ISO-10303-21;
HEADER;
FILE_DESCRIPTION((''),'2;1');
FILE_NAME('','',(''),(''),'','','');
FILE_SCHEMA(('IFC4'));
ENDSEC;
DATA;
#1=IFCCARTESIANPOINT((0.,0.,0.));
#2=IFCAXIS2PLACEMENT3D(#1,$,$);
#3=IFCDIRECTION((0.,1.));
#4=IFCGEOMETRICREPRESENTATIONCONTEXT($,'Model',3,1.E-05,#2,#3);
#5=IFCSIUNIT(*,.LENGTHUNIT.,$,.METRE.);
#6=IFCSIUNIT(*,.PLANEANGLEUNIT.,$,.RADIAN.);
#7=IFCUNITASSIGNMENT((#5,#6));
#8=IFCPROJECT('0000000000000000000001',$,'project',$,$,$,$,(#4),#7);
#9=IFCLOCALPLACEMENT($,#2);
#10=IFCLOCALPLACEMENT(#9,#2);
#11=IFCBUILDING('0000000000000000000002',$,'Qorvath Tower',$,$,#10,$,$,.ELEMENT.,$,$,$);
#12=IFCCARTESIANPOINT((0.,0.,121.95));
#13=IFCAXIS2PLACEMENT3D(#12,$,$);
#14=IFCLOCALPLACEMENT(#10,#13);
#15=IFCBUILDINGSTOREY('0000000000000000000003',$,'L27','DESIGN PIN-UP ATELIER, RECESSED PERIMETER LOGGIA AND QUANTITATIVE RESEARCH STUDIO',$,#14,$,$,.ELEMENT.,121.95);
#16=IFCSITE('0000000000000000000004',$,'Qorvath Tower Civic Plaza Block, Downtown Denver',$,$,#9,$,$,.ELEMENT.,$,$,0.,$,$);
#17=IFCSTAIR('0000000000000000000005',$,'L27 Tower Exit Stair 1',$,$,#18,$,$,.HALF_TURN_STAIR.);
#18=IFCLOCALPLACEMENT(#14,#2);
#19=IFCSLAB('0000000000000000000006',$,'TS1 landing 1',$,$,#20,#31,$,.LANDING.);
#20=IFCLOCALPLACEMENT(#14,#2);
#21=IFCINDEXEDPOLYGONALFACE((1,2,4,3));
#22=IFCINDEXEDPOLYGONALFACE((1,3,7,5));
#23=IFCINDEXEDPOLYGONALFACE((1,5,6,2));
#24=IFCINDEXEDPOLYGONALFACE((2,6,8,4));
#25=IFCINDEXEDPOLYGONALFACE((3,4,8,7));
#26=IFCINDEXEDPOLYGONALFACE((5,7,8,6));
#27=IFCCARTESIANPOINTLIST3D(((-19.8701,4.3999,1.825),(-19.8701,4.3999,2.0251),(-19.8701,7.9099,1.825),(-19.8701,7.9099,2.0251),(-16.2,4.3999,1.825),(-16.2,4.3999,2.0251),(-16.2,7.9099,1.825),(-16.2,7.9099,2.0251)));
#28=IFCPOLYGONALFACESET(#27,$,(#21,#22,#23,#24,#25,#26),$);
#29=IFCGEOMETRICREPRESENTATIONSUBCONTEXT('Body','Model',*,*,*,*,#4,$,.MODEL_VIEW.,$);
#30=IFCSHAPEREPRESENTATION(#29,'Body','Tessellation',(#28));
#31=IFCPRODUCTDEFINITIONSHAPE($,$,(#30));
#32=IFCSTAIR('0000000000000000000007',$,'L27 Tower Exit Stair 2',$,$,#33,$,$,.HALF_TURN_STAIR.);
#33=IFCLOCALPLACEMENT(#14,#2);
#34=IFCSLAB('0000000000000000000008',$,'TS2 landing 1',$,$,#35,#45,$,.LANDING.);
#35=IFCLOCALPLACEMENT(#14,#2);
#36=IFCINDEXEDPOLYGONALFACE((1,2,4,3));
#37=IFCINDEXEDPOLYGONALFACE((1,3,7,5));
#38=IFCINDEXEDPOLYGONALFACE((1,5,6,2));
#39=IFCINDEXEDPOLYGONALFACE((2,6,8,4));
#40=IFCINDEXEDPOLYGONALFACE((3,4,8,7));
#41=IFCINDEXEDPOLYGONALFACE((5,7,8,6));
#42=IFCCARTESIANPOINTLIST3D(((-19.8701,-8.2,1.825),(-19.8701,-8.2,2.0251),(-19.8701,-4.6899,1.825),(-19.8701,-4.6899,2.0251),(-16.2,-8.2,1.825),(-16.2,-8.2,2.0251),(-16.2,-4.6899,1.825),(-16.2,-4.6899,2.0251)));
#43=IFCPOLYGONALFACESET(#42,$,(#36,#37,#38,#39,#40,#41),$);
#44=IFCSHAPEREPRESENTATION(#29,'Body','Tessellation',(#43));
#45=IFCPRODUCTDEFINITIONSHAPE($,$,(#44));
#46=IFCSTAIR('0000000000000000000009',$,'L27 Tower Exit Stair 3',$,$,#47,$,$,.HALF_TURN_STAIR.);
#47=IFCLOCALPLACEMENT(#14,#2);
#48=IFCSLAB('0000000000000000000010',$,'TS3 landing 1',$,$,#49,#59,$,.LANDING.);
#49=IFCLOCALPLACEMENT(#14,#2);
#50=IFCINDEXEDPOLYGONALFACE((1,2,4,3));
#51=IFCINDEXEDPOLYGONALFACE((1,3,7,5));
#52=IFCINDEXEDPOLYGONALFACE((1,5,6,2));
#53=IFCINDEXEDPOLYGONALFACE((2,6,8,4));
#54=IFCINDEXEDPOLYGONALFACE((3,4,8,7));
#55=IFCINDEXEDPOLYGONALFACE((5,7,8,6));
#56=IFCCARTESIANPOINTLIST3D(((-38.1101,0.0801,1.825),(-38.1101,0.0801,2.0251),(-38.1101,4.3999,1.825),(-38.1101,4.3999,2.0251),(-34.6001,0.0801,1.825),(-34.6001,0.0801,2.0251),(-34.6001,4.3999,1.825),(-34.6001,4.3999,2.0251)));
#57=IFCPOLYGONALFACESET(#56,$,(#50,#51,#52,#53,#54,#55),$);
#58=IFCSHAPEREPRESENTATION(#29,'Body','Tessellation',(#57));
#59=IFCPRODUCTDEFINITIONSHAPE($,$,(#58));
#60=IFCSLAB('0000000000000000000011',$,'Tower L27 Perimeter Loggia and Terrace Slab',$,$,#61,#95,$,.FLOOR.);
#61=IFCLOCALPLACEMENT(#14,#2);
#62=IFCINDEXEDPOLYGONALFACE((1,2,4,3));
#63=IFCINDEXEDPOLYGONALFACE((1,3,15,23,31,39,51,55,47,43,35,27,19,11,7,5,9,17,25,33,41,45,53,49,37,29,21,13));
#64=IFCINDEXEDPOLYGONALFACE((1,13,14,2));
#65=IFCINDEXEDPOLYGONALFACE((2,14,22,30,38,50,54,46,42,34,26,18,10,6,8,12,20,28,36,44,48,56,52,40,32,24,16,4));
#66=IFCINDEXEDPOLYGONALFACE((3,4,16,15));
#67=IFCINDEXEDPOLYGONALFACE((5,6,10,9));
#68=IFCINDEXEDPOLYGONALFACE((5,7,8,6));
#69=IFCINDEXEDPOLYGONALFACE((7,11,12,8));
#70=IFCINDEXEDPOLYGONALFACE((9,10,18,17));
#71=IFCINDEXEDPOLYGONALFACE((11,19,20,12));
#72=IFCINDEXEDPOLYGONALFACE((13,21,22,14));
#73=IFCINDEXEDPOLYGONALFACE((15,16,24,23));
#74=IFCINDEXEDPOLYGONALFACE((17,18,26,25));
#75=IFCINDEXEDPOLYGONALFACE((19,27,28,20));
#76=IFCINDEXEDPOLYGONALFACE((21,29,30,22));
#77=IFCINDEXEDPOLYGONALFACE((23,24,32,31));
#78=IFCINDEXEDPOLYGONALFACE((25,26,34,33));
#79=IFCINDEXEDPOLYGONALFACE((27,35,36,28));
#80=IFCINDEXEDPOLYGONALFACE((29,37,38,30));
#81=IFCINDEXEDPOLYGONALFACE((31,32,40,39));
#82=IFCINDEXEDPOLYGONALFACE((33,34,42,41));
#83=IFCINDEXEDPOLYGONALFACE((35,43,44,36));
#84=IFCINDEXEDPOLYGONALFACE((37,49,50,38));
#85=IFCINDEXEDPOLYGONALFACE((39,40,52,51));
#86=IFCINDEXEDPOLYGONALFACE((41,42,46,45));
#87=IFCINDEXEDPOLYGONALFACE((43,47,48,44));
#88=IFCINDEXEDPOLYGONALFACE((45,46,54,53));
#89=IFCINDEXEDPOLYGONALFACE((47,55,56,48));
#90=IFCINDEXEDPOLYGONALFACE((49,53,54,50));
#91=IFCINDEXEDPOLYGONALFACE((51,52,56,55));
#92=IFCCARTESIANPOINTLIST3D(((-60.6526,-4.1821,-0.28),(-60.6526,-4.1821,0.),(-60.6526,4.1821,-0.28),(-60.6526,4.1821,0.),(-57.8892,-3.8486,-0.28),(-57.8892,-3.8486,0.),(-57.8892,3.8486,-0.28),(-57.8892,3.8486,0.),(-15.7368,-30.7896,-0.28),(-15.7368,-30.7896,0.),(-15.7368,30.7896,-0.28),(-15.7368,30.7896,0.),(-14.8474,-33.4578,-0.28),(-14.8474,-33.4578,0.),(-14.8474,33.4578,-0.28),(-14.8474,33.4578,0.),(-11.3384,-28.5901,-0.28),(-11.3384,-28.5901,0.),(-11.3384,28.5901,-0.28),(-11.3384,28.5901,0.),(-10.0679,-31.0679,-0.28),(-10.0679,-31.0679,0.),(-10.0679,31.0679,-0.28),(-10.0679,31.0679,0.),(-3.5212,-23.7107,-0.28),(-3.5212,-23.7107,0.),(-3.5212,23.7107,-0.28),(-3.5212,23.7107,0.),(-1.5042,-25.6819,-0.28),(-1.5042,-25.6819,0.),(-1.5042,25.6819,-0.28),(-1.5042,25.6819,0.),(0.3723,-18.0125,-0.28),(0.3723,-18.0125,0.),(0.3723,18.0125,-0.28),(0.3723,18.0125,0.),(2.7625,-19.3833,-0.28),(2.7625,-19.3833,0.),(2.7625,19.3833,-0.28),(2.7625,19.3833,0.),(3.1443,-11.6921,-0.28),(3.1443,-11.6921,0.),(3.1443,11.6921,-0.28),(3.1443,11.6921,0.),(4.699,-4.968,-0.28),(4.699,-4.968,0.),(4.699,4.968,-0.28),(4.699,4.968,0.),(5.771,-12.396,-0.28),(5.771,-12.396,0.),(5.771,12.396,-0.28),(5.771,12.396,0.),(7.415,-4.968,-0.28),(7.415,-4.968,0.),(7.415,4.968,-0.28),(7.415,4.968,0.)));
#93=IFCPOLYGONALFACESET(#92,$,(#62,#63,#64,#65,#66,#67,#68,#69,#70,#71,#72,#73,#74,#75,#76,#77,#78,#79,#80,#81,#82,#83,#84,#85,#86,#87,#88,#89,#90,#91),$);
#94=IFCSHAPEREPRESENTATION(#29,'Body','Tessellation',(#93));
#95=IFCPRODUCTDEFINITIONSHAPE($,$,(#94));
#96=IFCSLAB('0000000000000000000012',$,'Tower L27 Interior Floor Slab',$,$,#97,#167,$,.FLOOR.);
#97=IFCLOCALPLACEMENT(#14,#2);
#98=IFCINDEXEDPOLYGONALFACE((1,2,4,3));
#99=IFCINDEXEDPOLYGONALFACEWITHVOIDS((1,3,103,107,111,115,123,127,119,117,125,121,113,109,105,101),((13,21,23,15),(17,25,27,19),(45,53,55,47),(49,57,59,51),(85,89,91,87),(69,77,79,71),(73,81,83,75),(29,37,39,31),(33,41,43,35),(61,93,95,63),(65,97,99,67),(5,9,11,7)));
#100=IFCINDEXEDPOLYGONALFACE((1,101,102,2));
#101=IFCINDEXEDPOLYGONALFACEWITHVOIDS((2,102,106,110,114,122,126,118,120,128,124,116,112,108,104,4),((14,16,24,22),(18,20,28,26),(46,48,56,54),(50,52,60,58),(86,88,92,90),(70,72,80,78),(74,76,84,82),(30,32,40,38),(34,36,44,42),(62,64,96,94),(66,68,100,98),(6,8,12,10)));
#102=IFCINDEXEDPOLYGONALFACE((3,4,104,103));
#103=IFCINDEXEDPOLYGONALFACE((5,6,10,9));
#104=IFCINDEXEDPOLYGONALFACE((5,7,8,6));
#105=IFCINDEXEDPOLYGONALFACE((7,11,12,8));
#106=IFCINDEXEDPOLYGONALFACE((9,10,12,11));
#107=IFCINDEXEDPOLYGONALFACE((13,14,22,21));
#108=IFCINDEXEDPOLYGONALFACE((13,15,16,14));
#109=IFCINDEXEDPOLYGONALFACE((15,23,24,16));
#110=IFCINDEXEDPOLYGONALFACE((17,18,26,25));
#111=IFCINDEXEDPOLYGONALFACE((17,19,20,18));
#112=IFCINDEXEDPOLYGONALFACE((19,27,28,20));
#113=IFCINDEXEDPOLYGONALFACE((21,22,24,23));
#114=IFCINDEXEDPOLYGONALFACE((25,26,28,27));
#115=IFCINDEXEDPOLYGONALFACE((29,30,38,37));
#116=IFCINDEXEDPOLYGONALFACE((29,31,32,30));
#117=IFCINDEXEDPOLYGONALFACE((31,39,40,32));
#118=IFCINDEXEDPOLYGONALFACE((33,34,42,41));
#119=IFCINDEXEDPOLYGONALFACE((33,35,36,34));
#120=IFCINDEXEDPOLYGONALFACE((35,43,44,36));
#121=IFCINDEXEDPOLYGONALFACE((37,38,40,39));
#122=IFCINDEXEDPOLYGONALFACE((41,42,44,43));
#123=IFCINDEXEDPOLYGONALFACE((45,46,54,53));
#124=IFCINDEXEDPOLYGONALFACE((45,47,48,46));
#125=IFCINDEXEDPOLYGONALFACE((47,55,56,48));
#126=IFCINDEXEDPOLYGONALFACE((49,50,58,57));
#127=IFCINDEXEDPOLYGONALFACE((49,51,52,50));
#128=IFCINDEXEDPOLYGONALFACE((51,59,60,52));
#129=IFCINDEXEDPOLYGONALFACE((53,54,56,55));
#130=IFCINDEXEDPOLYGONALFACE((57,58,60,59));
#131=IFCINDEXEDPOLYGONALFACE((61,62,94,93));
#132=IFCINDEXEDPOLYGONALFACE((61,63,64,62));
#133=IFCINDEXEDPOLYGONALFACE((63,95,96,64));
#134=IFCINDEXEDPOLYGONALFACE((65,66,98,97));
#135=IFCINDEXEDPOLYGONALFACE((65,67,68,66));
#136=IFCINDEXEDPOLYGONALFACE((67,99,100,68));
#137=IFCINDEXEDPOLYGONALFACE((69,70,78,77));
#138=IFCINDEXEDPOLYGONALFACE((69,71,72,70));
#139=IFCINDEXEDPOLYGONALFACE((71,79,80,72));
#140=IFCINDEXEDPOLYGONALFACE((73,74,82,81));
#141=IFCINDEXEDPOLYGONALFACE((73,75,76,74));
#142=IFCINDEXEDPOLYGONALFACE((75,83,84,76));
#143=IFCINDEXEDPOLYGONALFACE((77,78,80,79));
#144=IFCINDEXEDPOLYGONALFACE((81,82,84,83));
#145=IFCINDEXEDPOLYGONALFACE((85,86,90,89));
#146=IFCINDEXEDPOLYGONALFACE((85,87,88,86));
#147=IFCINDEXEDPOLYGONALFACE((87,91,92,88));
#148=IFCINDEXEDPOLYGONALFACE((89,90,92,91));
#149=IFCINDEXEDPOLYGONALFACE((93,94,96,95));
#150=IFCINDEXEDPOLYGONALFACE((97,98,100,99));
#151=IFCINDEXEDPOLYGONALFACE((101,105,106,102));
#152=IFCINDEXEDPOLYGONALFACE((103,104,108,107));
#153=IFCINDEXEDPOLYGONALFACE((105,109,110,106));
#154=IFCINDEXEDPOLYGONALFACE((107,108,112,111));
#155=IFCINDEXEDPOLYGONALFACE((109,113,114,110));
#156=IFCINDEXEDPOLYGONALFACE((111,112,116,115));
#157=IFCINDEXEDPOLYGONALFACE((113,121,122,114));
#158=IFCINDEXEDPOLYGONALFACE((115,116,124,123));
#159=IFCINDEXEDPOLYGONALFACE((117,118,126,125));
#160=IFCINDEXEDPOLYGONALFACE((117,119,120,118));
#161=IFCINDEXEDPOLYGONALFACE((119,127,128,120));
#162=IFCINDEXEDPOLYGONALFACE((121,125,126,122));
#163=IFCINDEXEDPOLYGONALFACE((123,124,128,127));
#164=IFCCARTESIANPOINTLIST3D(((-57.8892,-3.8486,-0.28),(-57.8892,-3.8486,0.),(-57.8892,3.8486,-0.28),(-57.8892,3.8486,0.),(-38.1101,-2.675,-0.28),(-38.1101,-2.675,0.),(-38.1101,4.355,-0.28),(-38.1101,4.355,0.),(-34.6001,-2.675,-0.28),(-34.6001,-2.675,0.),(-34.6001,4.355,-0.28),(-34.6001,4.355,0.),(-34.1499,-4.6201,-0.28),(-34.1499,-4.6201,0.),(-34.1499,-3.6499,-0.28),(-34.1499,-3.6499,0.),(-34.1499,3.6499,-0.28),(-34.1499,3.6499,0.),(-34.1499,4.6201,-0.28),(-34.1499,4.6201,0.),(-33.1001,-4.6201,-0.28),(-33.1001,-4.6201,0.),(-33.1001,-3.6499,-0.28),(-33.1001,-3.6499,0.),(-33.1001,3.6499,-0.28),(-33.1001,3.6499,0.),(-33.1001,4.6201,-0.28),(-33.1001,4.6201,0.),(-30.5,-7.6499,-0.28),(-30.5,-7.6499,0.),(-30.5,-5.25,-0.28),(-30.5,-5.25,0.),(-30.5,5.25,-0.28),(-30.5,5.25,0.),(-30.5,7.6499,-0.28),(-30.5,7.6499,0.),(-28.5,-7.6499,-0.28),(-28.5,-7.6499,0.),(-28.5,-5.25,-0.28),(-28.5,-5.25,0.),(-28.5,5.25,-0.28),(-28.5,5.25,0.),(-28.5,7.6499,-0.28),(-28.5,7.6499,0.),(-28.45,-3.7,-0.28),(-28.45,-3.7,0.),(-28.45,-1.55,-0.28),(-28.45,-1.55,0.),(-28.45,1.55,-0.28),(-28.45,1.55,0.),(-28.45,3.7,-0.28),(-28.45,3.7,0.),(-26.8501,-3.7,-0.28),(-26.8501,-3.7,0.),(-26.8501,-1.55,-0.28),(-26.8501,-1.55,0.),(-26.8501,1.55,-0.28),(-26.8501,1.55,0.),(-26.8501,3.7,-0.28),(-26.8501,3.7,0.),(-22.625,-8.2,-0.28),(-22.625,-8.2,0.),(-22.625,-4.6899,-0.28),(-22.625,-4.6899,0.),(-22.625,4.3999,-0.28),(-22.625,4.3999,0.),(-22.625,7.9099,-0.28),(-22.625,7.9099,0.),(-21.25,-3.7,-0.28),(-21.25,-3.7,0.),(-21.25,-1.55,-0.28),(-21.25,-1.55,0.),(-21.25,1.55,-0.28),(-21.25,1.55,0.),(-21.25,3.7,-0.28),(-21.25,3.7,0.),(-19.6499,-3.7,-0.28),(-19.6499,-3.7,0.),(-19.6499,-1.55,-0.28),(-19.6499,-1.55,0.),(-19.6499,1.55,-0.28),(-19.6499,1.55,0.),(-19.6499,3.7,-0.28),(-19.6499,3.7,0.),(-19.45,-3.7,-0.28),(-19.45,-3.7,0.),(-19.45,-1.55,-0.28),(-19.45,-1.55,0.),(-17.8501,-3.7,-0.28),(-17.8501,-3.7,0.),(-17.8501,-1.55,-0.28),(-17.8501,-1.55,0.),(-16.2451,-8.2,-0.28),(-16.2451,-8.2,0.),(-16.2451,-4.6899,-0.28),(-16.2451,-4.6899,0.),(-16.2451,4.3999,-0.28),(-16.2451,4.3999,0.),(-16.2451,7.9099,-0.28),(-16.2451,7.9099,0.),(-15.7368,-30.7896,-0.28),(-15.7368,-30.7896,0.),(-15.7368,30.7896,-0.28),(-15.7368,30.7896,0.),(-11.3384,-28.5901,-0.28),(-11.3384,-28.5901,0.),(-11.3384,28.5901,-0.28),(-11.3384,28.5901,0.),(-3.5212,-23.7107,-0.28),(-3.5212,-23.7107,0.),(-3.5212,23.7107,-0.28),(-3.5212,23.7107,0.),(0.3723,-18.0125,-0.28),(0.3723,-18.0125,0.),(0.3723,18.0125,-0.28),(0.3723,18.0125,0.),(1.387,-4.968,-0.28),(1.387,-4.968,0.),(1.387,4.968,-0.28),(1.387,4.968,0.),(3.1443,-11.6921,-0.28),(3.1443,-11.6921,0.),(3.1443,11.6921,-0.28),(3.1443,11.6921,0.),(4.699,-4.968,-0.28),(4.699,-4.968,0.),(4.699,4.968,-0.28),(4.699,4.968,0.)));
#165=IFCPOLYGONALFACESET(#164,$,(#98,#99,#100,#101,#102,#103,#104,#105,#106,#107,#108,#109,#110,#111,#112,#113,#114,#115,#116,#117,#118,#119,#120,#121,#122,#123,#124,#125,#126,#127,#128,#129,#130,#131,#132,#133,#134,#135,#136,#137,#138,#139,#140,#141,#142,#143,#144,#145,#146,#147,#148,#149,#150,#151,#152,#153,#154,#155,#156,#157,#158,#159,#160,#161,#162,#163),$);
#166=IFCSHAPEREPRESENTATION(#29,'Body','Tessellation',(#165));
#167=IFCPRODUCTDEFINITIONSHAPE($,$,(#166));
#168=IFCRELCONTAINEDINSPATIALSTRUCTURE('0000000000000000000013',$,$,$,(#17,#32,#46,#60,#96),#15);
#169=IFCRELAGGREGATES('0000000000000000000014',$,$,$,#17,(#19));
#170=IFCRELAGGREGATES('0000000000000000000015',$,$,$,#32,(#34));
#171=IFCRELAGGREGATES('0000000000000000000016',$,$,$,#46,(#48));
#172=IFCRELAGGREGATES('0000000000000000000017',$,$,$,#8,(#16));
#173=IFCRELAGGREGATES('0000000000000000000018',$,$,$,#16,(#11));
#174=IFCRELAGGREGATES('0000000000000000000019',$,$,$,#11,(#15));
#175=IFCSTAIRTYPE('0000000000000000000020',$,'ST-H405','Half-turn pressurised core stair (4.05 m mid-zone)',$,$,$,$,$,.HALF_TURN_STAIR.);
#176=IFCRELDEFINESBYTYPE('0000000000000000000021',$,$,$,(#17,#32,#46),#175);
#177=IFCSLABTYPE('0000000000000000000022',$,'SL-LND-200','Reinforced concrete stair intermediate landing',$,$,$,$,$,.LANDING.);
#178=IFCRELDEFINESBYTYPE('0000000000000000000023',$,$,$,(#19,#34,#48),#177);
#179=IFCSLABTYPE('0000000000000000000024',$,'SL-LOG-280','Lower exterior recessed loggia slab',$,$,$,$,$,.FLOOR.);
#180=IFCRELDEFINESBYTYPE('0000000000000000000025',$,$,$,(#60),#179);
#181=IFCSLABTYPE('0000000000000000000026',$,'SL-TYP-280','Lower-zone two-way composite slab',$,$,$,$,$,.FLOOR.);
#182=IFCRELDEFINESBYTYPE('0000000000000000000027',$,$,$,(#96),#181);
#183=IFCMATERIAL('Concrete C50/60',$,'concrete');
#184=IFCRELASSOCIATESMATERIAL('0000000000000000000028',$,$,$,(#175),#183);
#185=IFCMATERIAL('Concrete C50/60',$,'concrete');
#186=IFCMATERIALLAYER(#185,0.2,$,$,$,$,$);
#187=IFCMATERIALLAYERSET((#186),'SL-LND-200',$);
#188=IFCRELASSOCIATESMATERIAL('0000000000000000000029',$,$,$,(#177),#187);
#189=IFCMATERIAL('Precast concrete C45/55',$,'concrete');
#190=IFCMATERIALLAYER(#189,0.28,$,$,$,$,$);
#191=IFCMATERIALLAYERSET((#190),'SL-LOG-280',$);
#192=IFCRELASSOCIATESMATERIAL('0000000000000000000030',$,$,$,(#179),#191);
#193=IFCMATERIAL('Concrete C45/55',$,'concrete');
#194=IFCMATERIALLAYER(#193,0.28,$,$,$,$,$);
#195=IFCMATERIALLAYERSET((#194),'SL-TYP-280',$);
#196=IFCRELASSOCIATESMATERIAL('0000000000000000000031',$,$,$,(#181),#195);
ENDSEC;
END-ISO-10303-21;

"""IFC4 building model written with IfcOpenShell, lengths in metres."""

from ifc_helpers import new_model, si_unit, direction, frame, origin, place, context, subcontext, project, spatial, polyline, outline, extrude, material, layer, layer_set, type_object, element, aggregate, save


model = new_model("IFC4")

# Units and contexts
model_context = context("Model", 3, precision=1e-05, world=origin(), true_north=direction((0.0, 1.0)))
body_context = subcontext(model_context, "Body", "Model", "MODEL_VIEW")
ifc_project = project(units=[si_unit("LENGTHUNIT", "METRE"), si_unit("PLANEANGLEUNIT", "RADIAN")], contexts=[model_context])

# Site, building, storey
site_placement = place(None, origin())
site = spatial("IfcSite", under=ifc_project, at=site_placement, Name="Qorvath Tower Civic Plaza Block, Downtown Denver", CompositionType="ELEMENT", RefElevation=0.0)
building_placement = place(site_placement, origin())
building = spatial("IfcBuilding", under=site, at=building_placement, Name="Qorvath Tower", CompositionType="ELEMENT")
storey_placement = place(building_placement, frame((0.0, 0.0, 121.95)))
storey = spatial("IfcBuildingStorey", under=building, at=storey_placement, Name="L27", Description="DESIGN PIN-UP ATELIER, RECESSED PERIMETER LOGGIA AND QUANTITATIVE RESEARCH STUDIO", CompositionType="ELEMENT", Elevation=121.95)

# Stairs, slabs
ifc_material_1 = material(Name="Concrete C50/60", Category="concrete")
stair_type = type_object("IfcStairType", Name="ST-H405", Description="Half-turn pressurised core stair (4.05 m mid-zone)", PredefinedType="HALF_TURN_STAIR", material=ifc_material_1)
stair_1_placement = place(storey_placement, origin())
stair_1 = element("IfcStair", 1, at=stair_1_placement, inside=storey, type_object=stair_type, Name="L27 Tower Exit Stair 1", PredefinedType="HALF_TURN_STAIR")
ifc_material_2 = material(Name="Concrete C50/60", Category="concrete")
ifc_layer_1 = layer(ifc_material_2, 0.2)
ifc_layer_set_1 = layer_set([ifc_layer_1], Name="SL-LND-200")
slab_type_1 = type_object("IfcSlabType", Name="SL-LND-200", Description="Reinforced concrete stair intermediate landing", PredefinedType="LANDING", material=ifc_layer_set_1)
slab_1_placement = place(storey_placement, frame((0.0, 0.0, 1.825)))
slab_1 = element("IfcSlab", 2, at=slab_1_placement, type_object=slab_type_1, Name="TS1 landing 1", PredefinedType="LANDING", context=body_context, shape_type="SweptSolid", body=[
    extrude(outline(polyline([(-19.8701, 4.3999), (-16.2, 4.3999), (-16.2, 7.9099), (-19.8701, 7.9099), (-19.8701, 4.3999)])), origin(), (0.0, 0.0, 1.0), 0.2002),
])
aggregate(stair_1, [slab_1])
stair_2_placement = place(storey_placement, origin())
stair_2 = element("IfcStair", 3, at=stair_2_placement, inside=storey, type_object=stair_type, Name="L27 Tower Exit Stair 2", PredefinedType="HALF_TURN_STAIR")
slab_2_placement = place(storey_placement, frame((0.0, 0.0, 1.825)))
slab_2 = element("IfcSlab", 4, at=slab_2_placement, type_object=slab_type_1, Name="TS2 landing 1", PredefinedType="LANDING", context=body_context, shape_type="SweptSolid", body=[
    extrude(outline(polyline([(-19.8701, -8.2), (-16.2, -8.2), (-16.2, -4.6899), (-19.8701, -4.6899), (-19.8701, -8.2)])), origin(), (0.0, 0.0, 1.0), 0.2002),
])
aggregate(stair_2, [slab_2])
stair_3_placement = place(storey_placement, origin())
stair_3 = element("IfcStair", 5, at=stair_3_placement, inside=storey, type_object=stair_type, Name="L27 Tower Exit Stair 3", PredefinedType="HALF_TURN_STAIR")
slab_3_placement = place(storey_placement, frame((0.0, 0.0, 1.825)))
slab_3 = element("IfcSlab", 6, at=slab_3_placement, type_object=slab_type_1, Name="TS3 landing 1", PredefinedType="LANDING", context=body_context, shape_type="SweptSolid", body=[
    extrude(outline(polyline([(-34.6001, 0.0801), (-34.6001, 4.3999), (-38.1101, 4.3999), (-38.1101, 0.0801), (-34.6001, 0.0801)])), origin(), (0.0, 0.0, 1.0), 0.2002),
])
aggregate(stair_3, [slab_3])

# Slabs
ifc_material_3 = material(Name="Precast concrete C45/55", Category="concrete")
ifc_layer_2 = layer(ifc_material_3, 0.28)
ifc_layer_set_2 = layer_set([ifc_layer_2], Name="SL-LOG-280")
slab_type_2 = type_object("IfcSlabType", Name="SL-LOG-280", Description="Lower exterior recessed loggia slab", PredefinedType="FLOOR", material=ifc_layer_set_2)
slab_4_placement = place(storey_placement, frame((0.0, 0.0, -0.28)))
element("IfcSlab", 7, at=slab_4_placement, inside=storey, type_object=slab_type_2, Name="Tower L27 Perimeter Loggia and Terrace Slab", PredefinedType="FLOOR", context=body_context, shape_type="SweptSolid", body=[
    extrude(outline(polyline([(4.699, -4.968), (3.1443, -11.6921), (0.3723, -18.0125), (-3.5212, -23.7107), (-11.3384, -28.5901), (-15.7368, -30.7896), (-57.8892, -3.8486), (-57.8892, 3.8486), (-15.7368, 30.7896), (-11.3384, 28.5901), (-3.5212, 23.7107), (0.3723, 18.0125), (3.1443, 11.6921), (4.699, 4.968), (7.415, 4.968), (5.771, 12.396), (2.7625, 19.3833), (-1.5042, 25.6819), (-10.0679, 31.0679), (-14.8474, 33.4578), (-60.6526, 4.1821), (-60.6526, -4.1821), (-14.8474, -33.4578), (-10.0679, -31.0679), (-1.5042, -25.6819), (2.7625, -19.3833), (5.771, -12.396), (7.415, -4.968), (4.699, -4.968)])), origin(), (0.0, 0.0, 1.0), 0.28),
])
ifc_material_4 = material(Name="Concrete C45/55", Category="concrete")
ifc_layer_3 = layer(ifc_material_4, 0.28)
ifc_layer_set_3 = layer_set([ifc_layer_3], Name="SL-TYP-280")
slab_type_3 = type_object("IfcSlabType", Name="SL-TYP-280", Description="Lower-zone two-way composite slab", PredefinedType="FLOOR", material=ifc_layer_set_3)
slab_5_placement = place(storey_placement, frame((0.0, 0.0, -0.28)))
element("IfcSlab", 8, at=slab_5_placement, inside=storey, type_object=slab_type_3, Name="Tower L27 Interior Floor Slab", PredefinedType="FLOOR", context=body_context, shape_type="SweptSolid", body=[
    extrude(outline(polyline([(-57.8892, 3.8486), (-57.8892, -3.8486), (-15.7368, -30.7896), (-11.3384, -28.5901), (-3.5212, -23.7107), (0.3723, -18.0125), (3.1443, -11.6921), (4.699, -4.968), (1.387, -4.968), (1.387, 4.968), (4.699, 4.968), (3.1443, 11.6921), (0.3723, 18.0125), (-3.5212, 23.7107), (-11.3384, 28.5901), (-15.7368, 30.7896), (-57.8892, 3.8486)]), holes=[polyline([(-16.2451, -8.2), (-22.625, -8.2), (-22.625, -4.6899), (-16.2451, -4.6899), (-16.2451, -8.2)]), polyline([(-22.625, 4.3999), (-22.625, 7.9099), (-16.2451, 7.9099), (-16.2451, 4.3999), (-22.625, 4.3999)]), polyline([(-17.8501, -3.7), (-19.45, -3.7), (-19.45, -1.55), (-17.8501, -1.55), (-17.8501, -3.7)]), polyline([(-21.25, -3.7), (-21.25, -1.55), (-19.6499, -1.55), (-19.6499, -3.7), (-21.25, -3.7)]), polyline([(-21.25, 1.55), (-21.25, 3.7), (-19.6499, 3.7), (-19.6499, 1.55), (-21.25, 1.55)]), polyline([(-28.45, -3.7), (-28.45, -1.55), (-26.8501, -1.55), (-26.8501, -3.7), (-28.45, -3.7)]), polyline([(-26.8501, 1.55), (-28.45, 1.55), (-28.45, 3.7), (-26.8501, 3.7), (-26.8501, 1.55)]), polyline([(-28.5, -7.6499), (-30.5, -7.6499), (-30.5, -5.25), (-28.5, -5.25), (-28.5, -7.6499)]), polyline([(-30.5, 5.25), (-30.5, 7.6499), (-28.5, 7.6499), (-28.5, 5.25), (-30.5, 5.25)]), polyline([(-34.1499, -4.6201), (-34.1499, -3.6499), (-33.1001, -3.6499), (-33.1001, -4.6201), (-34.1499, -4.6201)]), polyline([(-34.1499, 3.6499), (-34.1499, 4.6201), (-33.1001, 4.6201), (-33.1001, 3.6499), (-34.1499, 3.6499)]), polyline([(-34.6001, -2.675), (-38.1101, -2.675), (-38.1101, 4.355), (-34.6001, 4.355), (-34.6001, -2.675)])]), origin(), (0.0, 0.0, 1.0), 0.28),
])

save(model, "model.ifc")
